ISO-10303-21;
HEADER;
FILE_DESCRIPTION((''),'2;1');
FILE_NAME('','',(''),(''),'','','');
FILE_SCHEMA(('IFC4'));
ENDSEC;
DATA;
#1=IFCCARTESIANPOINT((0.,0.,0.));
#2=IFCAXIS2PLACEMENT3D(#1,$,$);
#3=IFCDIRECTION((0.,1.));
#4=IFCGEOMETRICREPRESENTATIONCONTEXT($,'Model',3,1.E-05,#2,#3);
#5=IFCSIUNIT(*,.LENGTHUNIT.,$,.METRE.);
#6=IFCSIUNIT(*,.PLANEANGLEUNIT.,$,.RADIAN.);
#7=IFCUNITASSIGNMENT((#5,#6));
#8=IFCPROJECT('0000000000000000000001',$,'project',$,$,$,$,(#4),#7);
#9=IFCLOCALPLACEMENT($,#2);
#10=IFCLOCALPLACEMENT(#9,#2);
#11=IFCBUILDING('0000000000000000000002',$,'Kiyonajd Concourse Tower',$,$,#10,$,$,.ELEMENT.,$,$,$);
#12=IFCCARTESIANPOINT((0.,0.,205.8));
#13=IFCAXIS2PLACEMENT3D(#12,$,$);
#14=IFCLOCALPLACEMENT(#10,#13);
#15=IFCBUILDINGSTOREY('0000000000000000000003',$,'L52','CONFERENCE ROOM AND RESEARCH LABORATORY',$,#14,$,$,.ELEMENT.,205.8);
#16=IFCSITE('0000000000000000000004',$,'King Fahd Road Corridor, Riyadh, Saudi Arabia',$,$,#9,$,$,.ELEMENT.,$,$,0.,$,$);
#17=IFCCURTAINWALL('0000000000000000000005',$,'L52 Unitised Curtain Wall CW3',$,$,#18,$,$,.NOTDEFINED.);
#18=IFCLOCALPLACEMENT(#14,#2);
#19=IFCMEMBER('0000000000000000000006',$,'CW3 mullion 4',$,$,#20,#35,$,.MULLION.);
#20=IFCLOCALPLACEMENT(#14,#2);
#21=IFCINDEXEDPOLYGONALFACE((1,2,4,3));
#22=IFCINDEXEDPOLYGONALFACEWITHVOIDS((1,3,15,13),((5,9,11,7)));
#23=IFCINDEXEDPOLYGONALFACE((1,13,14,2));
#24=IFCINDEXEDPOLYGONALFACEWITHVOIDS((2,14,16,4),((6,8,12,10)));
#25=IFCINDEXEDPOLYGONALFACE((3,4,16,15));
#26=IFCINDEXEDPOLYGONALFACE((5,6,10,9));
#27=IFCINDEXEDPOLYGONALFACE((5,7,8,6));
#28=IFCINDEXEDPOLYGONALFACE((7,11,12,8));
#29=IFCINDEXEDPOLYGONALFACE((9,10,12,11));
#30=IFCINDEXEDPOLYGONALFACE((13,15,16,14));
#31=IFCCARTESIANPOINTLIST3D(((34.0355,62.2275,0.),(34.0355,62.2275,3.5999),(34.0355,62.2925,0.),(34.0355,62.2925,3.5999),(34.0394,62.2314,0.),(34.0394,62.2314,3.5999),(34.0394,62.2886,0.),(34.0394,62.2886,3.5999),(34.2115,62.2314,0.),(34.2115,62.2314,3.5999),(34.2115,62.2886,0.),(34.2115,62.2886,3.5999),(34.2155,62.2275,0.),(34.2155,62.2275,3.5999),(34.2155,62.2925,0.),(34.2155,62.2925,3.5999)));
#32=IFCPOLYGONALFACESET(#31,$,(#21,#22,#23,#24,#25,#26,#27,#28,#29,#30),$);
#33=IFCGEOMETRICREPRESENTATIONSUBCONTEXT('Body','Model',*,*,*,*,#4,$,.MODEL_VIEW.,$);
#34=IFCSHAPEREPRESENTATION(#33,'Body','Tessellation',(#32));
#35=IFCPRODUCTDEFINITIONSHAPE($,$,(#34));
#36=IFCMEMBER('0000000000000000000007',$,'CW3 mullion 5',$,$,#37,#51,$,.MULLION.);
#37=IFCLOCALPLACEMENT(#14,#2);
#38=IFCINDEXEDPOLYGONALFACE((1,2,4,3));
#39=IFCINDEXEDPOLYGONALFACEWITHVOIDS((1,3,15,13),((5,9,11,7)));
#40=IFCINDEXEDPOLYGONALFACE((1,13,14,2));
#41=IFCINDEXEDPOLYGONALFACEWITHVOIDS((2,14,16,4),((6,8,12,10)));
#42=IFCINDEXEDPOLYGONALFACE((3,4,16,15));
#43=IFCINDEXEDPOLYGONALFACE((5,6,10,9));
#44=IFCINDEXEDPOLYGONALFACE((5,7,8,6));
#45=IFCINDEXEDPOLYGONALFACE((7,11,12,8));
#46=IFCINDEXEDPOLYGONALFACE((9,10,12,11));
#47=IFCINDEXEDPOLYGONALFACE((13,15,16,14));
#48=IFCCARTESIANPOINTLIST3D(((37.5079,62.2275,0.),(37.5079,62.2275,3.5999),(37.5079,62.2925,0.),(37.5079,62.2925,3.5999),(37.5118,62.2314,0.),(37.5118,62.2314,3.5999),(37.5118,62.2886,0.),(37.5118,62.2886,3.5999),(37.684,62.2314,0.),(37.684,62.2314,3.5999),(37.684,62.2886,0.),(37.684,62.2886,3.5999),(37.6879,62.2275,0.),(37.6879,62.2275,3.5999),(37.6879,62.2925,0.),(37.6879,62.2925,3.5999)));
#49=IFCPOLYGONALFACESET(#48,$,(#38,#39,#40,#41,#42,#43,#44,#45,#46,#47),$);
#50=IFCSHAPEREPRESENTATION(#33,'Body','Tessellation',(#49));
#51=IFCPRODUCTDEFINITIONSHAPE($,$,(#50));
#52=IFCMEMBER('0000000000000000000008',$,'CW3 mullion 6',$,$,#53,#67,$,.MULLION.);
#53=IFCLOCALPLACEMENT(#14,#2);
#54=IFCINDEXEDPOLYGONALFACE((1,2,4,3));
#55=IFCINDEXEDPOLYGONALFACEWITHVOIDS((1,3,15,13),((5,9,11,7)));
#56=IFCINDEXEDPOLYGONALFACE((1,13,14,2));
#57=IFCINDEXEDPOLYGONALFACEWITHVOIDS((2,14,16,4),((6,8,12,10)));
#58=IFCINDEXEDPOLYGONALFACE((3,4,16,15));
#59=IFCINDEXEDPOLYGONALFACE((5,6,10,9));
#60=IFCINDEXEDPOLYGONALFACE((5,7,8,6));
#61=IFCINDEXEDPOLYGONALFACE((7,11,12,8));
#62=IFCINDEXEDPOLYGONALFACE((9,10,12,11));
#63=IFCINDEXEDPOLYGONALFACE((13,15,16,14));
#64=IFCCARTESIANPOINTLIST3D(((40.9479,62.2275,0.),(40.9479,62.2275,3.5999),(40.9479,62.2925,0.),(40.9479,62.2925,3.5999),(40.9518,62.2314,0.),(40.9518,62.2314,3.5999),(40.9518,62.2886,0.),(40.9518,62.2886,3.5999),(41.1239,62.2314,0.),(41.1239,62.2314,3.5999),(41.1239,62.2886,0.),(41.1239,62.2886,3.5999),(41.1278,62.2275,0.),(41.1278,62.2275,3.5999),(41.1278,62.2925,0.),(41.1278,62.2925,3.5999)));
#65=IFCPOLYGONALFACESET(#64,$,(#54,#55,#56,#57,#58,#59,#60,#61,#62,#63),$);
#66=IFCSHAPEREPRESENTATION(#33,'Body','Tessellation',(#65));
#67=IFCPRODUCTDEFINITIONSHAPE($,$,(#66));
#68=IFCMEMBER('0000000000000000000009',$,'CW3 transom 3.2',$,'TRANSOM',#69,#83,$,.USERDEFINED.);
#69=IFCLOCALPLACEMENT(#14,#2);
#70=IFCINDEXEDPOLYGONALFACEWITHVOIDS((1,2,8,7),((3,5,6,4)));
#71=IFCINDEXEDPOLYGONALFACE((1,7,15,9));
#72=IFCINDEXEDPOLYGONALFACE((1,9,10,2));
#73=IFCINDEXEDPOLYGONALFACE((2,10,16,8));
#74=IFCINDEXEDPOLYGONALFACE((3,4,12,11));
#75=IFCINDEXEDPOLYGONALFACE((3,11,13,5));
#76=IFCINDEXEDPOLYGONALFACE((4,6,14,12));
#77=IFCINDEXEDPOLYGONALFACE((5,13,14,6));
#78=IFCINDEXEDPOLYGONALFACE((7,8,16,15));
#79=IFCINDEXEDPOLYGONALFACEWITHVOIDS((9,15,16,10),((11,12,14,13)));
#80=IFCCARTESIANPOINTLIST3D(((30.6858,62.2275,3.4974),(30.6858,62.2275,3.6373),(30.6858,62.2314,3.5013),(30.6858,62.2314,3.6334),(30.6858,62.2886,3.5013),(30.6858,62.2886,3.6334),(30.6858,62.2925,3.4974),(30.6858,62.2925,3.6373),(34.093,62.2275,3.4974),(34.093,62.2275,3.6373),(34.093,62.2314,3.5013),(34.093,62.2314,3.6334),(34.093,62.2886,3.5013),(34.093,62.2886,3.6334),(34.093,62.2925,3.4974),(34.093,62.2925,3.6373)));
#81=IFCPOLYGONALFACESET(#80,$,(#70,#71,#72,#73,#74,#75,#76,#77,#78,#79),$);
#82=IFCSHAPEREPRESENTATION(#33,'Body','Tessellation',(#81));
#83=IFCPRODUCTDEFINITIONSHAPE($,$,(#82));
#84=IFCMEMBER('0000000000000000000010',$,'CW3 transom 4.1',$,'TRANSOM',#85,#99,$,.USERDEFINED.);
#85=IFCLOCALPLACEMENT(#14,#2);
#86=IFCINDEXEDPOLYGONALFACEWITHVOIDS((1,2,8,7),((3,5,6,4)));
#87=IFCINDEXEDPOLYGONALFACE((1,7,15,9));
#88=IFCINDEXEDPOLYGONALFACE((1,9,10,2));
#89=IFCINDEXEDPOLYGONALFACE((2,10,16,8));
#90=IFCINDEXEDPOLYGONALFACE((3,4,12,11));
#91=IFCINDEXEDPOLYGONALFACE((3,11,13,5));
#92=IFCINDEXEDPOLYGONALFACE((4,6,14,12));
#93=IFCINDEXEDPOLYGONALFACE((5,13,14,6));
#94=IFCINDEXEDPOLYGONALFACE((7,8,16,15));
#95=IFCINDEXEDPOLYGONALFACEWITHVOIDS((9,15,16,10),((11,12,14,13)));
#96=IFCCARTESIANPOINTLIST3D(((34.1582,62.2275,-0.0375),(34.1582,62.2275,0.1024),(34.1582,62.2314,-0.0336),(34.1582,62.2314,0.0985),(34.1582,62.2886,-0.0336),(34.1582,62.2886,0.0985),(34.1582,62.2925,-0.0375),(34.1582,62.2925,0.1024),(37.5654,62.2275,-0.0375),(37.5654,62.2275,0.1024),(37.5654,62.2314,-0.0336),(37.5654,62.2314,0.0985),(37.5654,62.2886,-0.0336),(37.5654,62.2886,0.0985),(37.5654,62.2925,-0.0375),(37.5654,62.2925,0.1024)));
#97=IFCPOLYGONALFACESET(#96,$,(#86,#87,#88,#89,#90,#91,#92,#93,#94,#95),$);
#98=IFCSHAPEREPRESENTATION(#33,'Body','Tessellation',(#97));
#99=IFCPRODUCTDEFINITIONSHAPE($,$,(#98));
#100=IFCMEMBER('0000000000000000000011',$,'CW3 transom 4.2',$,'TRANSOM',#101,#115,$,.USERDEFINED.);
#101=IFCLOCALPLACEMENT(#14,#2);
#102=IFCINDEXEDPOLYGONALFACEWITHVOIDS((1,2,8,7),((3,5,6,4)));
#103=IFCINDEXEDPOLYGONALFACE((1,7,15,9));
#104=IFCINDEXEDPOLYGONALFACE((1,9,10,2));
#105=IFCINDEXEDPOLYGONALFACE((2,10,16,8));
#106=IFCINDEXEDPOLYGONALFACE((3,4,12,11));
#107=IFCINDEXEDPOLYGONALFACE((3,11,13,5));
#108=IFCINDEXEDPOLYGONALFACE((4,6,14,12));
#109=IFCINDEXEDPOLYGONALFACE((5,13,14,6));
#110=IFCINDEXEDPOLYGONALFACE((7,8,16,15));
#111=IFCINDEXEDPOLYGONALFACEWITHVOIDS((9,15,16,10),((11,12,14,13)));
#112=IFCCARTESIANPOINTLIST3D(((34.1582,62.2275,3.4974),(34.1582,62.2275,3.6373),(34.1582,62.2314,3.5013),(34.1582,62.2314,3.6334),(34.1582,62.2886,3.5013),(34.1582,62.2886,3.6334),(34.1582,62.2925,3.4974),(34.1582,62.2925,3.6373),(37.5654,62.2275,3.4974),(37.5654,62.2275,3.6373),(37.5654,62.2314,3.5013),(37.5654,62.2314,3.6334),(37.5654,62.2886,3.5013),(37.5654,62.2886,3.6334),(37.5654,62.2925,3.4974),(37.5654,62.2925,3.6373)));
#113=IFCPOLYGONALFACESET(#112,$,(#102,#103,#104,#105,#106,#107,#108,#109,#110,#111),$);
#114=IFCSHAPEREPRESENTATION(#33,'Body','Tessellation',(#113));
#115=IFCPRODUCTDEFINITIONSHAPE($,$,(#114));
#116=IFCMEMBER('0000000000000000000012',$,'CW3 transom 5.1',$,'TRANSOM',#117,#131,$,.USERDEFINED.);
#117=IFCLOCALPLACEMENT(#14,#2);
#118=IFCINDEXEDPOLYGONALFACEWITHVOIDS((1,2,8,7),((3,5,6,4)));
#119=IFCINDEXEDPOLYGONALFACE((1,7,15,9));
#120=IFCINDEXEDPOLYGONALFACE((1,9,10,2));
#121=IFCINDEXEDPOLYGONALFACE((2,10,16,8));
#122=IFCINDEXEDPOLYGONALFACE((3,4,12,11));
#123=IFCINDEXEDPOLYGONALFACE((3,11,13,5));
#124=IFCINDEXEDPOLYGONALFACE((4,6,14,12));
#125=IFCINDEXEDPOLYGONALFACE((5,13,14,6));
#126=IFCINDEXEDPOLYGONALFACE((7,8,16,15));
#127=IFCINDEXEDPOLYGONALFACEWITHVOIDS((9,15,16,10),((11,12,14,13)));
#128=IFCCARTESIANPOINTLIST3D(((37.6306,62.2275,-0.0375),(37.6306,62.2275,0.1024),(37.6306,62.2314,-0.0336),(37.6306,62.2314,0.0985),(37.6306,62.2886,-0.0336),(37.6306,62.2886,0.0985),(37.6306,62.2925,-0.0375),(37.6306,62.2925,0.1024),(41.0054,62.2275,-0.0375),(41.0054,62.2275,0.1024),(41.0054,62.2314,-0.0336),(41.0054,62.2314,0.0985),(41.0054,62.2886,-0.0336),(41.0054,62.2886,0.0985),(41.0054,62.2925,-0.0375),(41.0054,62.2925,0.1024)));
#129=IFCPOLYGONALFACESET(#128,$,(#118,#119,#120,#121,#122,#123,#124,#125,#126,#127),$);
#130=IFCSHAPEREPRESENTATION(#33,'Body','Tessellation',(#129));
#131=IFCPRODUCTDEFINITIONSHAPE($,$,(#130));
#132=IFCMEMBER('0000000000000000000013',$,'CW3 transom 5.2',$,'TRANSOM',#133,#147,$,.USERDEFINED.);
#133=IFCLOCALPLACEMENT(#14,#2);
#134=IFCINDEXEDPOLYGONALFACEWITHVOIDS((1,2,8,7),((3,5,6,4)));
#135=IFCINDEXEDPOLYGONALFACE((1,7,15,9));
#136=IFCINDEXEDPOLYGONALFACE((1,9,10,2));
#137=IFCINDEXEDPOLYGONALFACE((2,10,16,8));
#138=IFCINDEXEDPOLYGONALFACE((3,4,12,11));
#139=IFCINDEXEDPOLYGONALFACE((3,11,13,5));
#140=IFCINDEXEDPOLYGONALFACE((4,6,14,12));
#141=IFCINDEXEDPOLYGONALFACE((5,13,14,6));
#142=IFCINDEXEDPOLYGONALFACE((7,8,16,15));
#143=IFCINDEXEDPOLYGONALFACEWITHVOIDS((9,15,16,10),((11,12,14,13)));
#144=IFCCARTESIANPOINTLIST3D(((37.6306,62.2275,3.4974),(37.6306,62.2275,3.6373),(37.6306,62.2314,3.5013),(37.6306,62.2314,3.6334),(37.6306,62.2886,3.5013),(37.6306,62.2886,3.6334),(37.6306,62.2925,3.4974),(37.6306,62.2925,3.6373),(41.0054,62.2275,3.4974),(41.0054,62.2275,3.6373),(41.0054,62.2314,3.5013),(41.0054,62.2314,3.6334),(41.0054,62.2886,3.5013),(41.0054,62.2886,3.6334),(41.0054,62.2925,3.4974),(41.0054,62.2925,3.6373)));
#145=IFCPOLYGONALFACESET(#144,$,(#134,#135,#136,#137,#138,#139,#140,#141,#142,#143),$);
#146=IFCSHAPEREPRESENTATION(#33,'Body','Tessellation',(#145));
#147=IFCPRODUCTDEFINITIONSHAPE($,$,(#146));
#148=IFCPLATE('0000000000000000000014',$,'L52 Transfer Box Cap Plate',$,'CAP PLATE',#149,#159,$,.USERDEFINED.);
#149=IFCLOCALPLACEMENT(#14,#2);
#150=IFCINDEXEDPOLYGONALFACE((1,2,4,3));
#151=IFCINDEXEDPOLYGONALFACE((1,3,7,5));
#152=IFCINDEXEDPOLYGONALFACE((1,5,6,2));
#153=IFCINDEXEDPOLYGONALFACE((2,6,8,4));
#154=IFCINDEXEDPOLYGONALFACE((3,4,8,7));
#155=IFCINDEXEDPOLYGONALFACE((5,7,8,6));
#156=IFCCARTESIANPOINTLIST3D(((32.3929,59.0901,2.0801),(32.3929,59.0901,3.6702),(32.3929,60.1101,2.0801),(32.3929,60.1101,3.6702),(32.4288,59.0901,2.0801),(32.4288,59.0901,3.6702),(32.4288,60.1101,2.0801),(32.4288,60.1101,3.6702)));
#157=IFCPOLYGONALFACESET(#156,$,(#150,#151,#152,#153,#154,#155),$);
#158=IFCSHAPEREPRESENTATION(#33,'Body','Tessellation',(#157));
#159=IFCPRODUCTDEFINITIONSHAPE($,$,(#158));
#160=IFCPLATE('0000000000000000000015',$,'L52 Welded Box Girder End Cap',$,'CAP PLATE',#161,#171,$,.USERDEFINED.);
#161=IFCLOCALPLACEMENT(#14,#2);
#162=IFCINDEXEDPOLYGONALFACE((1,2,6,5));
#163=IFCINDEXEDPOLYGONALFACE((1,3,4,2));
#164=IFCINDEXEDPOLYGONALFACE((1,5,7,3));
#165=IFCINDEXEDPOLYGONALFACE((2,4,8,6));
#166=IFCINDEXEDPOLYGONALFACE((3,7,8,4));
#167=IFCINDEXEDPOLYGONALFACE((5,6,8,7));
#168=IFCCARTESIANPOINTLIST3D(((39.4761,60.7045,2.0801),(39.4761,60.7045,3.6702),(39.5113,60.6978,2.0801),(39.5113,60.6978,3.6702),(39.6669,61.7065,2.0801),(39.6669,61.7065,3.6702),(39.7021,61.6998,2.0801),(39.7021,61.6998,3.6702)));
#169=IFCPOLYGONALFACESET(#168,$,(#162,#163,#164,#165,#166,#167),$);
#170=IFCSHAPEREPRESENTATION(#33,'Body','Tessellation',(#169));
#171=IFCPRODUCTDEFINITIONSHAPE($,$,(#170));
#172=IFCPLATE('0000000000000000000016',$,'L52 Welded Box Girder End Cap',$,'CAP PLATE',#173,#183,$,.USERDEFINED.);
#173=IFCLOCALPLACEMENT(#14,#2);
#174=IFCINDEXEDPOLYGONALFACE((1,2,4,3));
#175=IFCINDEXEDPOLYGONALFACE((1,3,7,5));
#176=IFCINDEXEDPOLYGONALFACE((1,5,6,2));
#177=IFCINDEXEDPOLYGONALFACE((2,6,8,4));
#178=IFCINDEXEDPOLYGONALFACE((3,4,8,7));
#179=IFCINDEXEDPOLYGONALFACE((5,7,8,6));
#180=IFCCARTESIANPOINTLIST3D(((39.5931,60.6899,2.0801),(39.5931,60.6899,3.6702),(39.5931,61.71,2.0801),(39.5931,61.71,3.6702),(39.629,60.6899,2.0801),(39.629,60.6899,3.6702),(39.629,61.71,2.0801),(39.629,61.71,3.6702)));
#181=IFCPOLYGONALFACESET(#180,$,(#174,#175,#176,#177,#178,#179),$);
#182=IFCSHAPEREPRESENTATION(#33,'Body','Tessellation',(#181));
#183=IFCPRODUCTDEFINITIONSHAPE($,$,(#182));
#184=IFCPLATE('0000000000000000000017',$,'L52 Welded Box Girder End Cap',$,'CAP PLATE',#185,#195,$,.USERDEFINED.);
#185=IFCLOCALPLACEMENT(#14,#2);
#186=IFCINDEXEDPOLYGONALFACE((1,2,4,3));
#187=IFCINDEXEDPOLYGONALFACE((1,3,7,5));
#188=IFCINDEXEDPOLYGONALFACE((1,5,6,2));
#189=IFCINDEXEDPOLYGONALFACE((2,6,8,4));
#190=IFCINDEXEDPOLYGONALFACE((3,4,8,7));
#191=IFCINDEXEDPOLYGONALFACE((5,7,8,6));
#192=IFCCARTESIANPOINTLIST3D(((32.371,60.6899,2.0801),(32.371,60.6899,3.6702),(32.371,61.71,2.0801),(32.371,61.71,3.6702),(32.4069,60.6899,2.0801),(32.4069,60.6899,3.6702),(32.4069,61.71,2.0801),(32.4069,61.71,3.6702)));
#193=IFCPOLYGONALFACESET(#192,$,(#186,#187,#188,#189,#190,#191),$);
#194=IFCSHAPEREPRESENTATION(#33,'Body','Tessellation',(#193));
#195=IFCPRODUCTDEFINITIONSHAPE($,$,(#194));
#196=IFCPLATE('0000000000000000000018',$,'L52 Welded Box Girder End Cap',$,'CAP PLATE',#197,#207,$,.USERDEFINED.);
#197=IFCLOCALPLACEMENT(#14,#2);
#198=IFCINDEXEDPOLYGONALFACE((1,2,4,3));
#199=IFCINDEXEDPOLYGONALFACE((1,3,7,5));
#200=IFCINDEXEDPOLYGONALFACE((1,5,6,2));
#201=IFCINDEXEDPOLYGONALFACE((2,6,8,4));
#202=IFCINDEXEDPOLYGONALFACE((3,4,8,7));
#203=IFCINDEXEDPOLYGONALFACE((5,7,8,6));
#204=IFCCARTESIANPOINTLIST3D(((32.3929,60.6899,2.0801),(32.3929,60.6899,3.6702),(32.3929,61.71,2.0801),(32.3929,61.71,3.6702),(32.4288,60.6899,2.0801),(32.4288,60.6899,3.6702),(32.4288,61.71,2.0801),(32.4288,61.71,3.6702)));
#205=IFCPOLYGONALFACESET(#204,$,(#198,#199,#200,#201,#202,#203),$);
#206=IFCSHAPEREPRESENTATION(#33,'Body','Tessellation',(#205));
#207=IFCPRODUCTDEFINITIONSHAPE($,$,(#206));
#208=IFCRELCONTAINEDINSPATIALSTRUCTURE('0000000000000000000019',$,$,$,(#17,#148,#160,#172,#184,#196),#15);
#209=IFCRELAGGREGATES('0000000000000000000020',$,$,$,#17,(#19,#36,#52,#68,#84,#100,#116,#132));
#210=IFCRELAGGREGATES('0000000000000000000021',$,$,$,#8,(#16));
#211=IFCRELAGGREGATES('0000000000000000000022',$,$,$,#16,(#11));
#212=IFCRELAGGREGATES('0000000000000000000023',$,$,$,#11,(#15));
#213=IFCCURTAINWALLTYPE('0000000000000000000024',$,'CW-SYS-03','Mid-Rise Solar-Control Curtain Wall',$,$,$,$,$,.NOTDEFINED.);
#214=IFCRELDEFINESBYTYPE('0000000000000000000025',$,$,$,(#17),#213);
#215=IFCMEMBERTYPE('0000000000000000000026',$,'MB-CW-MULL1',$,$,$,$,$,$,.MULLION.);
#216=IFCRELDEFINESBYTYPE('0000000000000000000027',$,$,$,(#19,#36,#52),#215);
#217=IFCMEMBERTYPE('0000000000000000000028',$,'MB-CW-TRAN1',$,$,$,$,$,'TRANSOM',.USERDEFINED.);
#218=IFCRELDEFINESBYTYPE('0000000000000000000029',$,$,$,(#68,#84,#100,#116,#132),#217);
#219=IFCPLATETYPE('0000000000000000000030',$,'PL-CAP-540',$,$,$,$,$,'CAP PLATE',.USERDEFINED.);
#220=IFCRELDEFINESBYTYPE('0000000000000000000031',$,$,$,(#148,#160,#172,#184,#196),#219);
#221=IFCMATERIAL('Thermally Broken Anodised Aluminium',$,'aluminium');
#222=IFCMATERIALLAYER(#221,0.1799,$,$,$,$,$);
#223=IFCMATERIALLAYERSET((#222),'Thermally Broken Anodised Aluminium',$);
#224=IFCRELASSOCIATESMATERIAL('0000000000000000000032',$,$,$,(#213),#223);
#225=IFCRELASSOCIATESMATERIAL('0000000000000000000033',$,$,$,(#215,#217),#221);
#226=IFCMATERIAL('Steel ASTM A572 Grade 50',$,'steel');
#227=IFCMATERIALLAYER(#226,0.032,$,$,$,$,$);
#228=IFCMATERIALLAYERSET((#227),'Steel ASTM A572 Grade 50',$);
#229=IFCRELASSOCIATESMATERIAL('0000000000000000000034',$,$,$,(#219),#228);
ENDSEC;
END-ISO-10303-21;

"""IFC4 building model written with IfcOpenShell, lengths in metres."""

from ifc_helpers import new_model, si_unit, direction, frame, origin, origin_2d, place, context, subcontext, project, spatial, rectangle, hollow_rectangle, extrude, material, layer, layer_set, material_profile, profile_set, type_object, element, aggregate, save


model = new_model("IFC4")

# Units and contexts
model_context = context("Model", 3, precision=1e-05, world=origin(), true_north=direction((0.0, 1.0)))
body_context = subcontext(model_context, "Body", "Model", "MODEL_VIEW")
ifc_project = project(units=[si_unit("LENGTHUNIT", "METRE"), si_unit("PLANEANGLEUNIT", "RADIAN")], contexts=[model_context])

# Site, building, storey
site_placement = place(None, origin())
site = spatial("IfcSite", under=ifc_project, at=site_placement, Name="King Fahd Road Corridor, Riyadh, Saudi Arabia", CompositionType="ELEMENT", RefElevation=0.0)
building_placement = place(site_placement, origin())
building = spatial("IfcBuilding", under=site, at=building_placement, Name="Kiyonajd Concourse Tower", CompositionType="ELEMENT")
storey_placement = place(building_placement, frame((0.0, 0.0, 205.8)))
storey = spatial("IfcBuildingStorey", under=building, at=storey_placement, Name="L52", Description="CONFERENCE ROOM AND RESEARCH LABORATORY", CompositionType="ELEMENT", Elevation=205.8)

# Shared definitions
ifc_material_1 = material(Name="Steel ASTM A572 Grade 50", Category="steel")

# Curtain wall, members
ifc_material_2 = material(Name="Thermally Broken Anodised Aluminium", Category="aluminium")
ifc_layer_1 = layer(ifc_material_2, 0.1799)
ifc_layer_set_1 = layer_set([ifc_layer_1], Name="Thermally Broken Anodised Aluminium")
curtain_wall_type = type_object("IfcCurtainWallType", Name="CW-SYS-03", Description="Mid-Rise Solar-Control Curtain Wall", PredefinedType="NOTDEFINED", material=ifc_layer_set_1)
curtain_wall_placement = place(storey_placement, origin())
curtain_wall = element("IfcCurtainWall", 1, at=curtain_wall_placement, inside=storey, type_object=curtain_wall_type, Name="L52 Unitised Curtain Wall CW3", PredefinedType="NOTDEFINED")
ifc_material_profile_1 = material_profile(ifc_material_2, hollow_rectangle(XDim=0.0649, YDim=0.1799, WallThickness=0.0039, at=origin_2d()), Name="MULL-65x180")
ifc_profile_set_1 = profile_set([ifc_material_profile_1], Name="Thermally Broken Anodised Aluminium")
member_type_1 = type_object("IfcMemberType", Name="MB-CW-MULL1", PredefinedType="MULLION", material=ifc_profile_set_1)
member_1_placement = place(storey_placement, frame((34.1255, 62.26, 0.0), z_axis=(0.0, 0.0, 1.0), x_axis=(0.0, 1.0, 0.0)))
member_1 = element("IfcMember", 2, at=member_1_placement, type_object=member_type_1, Name="CW3 mullion 4", PredefinedType="MULLION", context=body_context, shape_type="SweptSolid", body=[
    extrude(hollow_rectangle(XDim=0.0649, YDim=0.1799, WallThickness=0.0039, at=origin_2d()), origin(), (0.0, 0.0, 1.0), 3.5999),
])
member_2_placement = place(storey_placement, frame((37.5979, 62.26, 0.0), z_axis=(0.0, 0.0, 1.0), x_axis=(0.0, 1.0, 0.0)))
member_2 = element("IfcMember", 3, at=member_2_placement, type_object=member_type_1, Name="CW3 mullion 5", PredefinedType="MULLION", context=body_context, shape_type="SweptSolid", body=[
    extrude(hollow_rectangle(XDim=0.0649, YDim=0.1799, WallThickness=0.0039, at=origin_2d()), origin(), (0.0, 0.0, 1.0), 3.5999),
])
member_3_placement = place(storey_placement, frame((41.0378, 62.26, 0.0), z_axis=(0.0, 0.0, 1.0), x_axis=(0.0, 1.0, 0.0)))
member_3 = element("IfcMember", 4, at=member_3_placement, type_object=member_type_1, Name="CW3 mullion 6", PredefinedType="MULLION", context=body_context, shape_type="SweptSolid", body=[
    extrude(hollow_rectangle(XDim=0.0649, YDim=0.1799, WallThickness=0.0039, at=origin_2d()), origin(), (0.0, 0.0, 1.0), 3.5999),
])
ifc_material_profile_2 = material_profile(ifc_material_2, hollow_rectangle(XDim=0.0649, YDim=0.1399, WallThickness=0.0039, at=origin_2d()), Name="TRAN-65x140")
ifc_profile_set_2 = profile_set([ifc_material_profile_2], Name="Thermally Broken Anodised Aluminium")
member_type_2 = type_object("IfcMemberType", Name="MB-CW-TRAN1", ElementType="TRANSOM", PredefinedType="USERDEFINED", material=ifc_profile_set_2)
member_4_placement = place(storey_placement, frame((30.6858, 62.26, 3.5674), z_axis=(1.0, 0.0, 0.0), x_axis=(0.0, 1.0, 0.0)))
member_4 = element("IfcMember", 5, at=member_4_placement, type_object=member_type_2, Name="CW3 transom 3.2", ObjectType="TRANSOM", PredefinedType="USERDEFINED", context=body_context, shape_type="SweptSolid", body=[
    extrude(hollow_rectangle(XDim=0.0649, YDim=0.1399, WallThickness=0.0039, at=origin_2d()), origin(), (0.0, 0.0, 1.0), 3.4072),
])
member_5_placement = place(storey_placement, frame((34.1582, 62.26, 0.0325), z_axis=(1.0, 0.0, 0.0), x_axis=(0.0, 1.0, 0.0)))
member_5 = element("IfcMember", 6, at=member_5_placement, type_object=member_type_2, Name="CW3 transom 4.1", ObjectType="TRANSOM", PredefinedType="USERDEFINED", context=body_context, shape_type="SweptSolid", body=[
    extrude(hollow_rectangle(XDim=0.0649, YDim=0.1399, WallThickness=0.0039, at=origin_2d()), origin(), (0.0, 0.0, 1.0), 3.4072),
])
member_6_placement = place(storey_placement, frame((34.1582, 62.26, 3.5674), z_axis=(1.0, 0.0, 0.0), x_axis=(0.0, 1.0, 0.0)))
member_6 = element("IfcMember", 7, at=member_6_placement, type_object=member_type_2, Name="CW3 transom 4.2", ObjectType="TRANSOM", PredefinedType="USERDEFINED", context=body_context, shape_type="SweptSolid", body=[
    extrude(hollow_rectangle(XDim=0.0649, YDim=0.1399, WallThickness=0.0039, at=origin_2d()), origin(), (0.0, 0.0, 1.0), 3.4072),
])
member_7_placement = place(storey_placement, frame((37.6306, 62.26, 0.0325), z_axis=(1.0, 0.0, 0.0), x_axis=(0.0, 1.0, 0.0)))
member_7 = element("IfcMember", 8, at=member_7_placement, type_object=member_type_2, Name="CW3 transom 5.1", ObjectType="TRANSOM", PredefinedType="USERDEFINED", context=body_context, shape_type="SweptSolid", body=[
    extrude(hollow_rectangle(XDim=0.0649, YDim=0.1399, WallThickness=0.0039, at=origin_2d()), origin(), (0.0, 0.0, 1.0), 3.3748),
])
member_8_placement = place(storey_placement, frame((37.6306, 62.26, 3.5674), z_axis=(1.0, 0.0, 0.0), x_axis=(0.0, 1.0, 0.0)))
member_8 = element("IfcMember", 9, at=member_8_placement, type_object=member_type_2, Name="CW3 transom 5.2", ObjectType="TRANSOM", PredefinedType="USERDEFINED", context=body_context, shape_type="SweptSolid", body=[
    extrude(hollow_rectangle(XDim=0.0649, YDim=0.1399, WallThickness=0.0039, at=origin_2d()), origin(), (0.0, 0.0, 1.0), 3.3748),
])

# Plates
ifc_layer_2 = layer(ifc_material_1, 0.032)
ifc_layer_set_2 = layer_set([ifc_layer_2], Name="Steel ASTM A572 Grade 50")
plate_type_1 = type_object("IfcPlateType", Name="PL-CAP-540", ElementType="CAP PLATE", PredefinedType="USERDEFINED", material=ifc_layer_set_2)
for number, where, z_axis, x_axis, name in (
    (10, (32.4109, 59.6001, 2.0801), (0.0, 0.0, 1.0), (1.0, 0.0, 0.0), "L52 Transfer Box Cap Plate"),
    (11, (39.5891, 61.2021, 2.0801), (0.0, 0.0, 1.0), (-0.982353, 0.187038, 0.0), "L52 Welded Box Girder End Cap"),
    (12, (39.6111, 61.2, 2.0801), (0.0, 0.0, 1.0), (1.0, 0.0, 0.0), "L52 Welded Box Girder End Cap"),
    (13, (32.3889, 61.2, 2.0801), (0.0, 0.0, 1.0), (-1.0, 0.0, 0.0), "L52 Welded Box Girder End Cap"),
    (14, (32.4109, 61.2, 2.0801), (0.0, 0.0, 1.0), (1.0, 0.0, 0.0), "L52 Welded Box Girder End Cap"),
):
    element("IfcPlate", number, at=place(storey_placement, frame(where, z_axis=z_axis, x_axis=x_axis)), inside=storey, type_object=plate_type_1, Name=name, ObjectType="CAP PLATE", PredefinedType="USERDEFINED", context=body_context, shape_type="SweptSolid", body=[
        extrude(rectangle(XDim=0.0359, YDim=1.02, at=origin_2d()), origin(), (0.0, 0.0, 1.0), 1.5901),
    ])

aggregate(curtain_wall, [member_1, member_2, member_3, member_4, member_5, member_6, member_7, member_8])

save(model, "model.ifc")
